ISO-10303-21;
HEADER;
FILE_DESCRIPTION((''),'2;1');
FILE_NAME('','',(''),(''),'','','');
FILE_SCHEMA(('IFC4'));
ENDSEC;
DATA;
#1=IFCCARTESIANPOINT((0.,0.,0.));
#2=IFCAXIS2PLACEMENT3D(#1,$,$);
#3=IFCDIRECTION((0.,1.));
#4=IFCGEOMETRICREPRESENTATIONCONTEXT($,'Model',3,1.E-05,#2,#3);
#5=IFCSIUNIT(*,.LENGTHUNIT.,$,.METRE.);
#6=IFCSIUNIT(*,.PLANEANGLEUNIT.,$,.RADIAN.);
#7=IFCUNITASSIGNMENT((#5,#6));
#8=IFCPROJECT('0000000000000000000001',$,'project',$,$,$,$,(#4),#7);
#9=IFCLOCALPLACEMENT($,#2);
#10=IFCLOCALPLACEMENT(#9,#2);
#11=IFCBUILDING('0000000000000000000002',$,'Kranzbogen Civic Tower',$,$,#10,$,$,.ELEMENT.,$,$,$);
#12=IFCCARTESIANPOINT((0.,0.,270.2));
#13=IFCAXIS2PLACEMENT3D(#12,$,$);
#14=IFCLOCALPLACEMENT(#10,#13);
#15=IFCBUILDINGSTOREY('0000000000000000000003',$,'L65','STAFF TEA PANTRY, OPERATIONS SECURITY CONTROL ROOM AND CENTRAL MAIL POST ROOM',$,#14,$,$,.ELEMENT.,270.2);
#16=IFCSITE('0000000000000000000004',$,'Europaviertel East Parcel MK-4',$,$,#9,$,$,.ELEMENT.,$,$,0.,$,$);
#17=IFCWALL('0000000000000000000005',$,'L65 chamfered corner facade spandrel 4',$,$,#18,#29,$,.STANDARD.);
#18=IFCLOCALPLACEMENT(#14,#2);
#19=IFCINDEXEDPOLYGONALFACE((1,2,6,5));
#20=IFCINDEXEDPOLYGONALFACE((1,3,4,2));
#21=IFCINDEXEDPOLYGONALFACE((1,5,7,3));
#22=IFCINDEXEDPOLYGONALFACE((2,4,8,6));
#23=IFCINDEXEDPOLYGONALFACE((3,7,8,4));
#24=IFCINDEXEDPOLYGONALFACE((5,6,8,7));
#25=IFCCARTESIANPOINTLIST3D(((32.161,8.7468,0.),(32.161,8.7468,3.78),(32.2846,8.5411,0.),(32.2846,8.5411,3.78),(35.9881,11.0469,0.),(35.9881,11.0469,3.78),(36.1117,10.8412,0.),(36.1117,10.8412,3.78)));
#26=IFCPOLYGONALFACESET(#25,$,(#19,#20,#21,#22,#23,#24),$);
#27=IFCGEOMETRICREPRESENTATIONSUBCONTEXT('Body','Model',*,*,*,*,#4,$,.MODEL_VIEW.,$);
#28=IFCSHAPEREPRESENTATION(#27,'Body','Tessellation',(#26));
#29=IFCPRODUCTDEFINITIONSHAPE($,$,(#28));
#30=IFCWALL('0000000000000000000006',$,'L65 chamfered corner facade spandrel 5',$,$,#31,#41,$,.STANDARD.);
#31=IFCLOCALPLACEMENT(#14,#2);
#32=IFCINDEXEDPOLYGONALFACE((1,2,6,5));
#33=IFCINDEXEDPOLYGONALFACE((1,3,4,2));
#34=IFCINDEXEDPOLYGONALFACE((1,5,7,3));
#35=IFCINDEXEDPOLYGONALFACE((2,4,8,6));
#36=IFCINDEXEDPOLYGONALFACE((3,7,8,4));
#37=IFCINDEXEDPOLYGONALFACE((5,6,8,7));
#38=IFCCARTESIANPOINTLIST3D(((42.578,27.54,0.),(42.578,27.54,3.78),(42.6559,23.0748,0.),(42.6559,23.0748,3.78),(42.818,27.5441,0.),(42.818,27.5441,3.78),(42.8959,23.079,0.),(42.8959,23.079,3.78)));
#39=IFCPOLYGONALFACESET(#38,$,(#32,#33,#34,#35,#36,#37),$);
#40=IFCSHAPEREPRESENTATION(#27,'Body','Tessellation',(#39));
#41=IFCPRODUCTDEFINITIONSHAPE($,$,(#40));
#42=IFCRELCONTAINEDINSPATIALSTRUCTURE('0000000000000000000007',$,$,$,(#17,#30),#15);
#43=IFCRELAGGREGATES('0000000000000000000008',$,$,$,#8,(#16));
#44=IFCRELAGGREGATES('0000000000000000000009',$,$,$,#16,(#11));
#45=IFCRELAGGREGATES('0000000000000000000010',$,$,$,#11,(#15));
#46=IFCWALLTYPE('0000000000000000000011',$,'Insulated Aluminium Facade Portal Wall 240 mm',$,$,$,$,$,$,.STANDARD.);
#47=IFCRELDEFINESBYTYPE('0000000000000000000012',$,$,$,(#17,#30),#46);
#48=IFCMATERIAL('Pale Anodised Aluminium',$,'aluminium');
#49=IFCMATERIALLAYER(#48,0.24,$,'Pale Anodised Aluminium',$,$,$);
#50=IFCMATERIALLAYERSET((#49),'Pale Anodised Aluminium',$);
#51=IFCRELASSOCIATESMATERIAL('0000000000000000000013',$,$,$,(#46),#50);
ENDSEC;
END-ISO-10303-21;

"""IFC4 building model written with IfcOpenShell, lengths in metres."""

from ifc_helpers import new_model, si_unit, direction, frame, frame_2d, origin, place, context, subcontext, project, spatial, rectangle, extrude, material, layer, layer_set, type_object, element, save


model = new_model("IFC4")

# Units and contexts
model_context = context("Model", 3, precision=1e-05, world=origin(), true_north=direction((0.0, 1.0)))
body_context = subcontext(model_context, "Body", "Model", "MODEL_VIEW")
ifc_project = project(units=[si_unit("LENGTHUNIT", "METRE"), si_unit("PLANEANGLEUNIT", "RADIAN")], contexts=[model_context])

# Site, building, storey
site_placement = place(None, origin())
site = spatial("IfcSite", under=ifc_project, at=site_placement, Name="Europaviertel East Parcel MK-4", CompositionType="ELEMENT", RefElevation=0.0)
building_placement = place(site_placement, origin())
building = spatial("IfcBuilding", under=site, at=building_placement, Name="Kranzbogen Civic Tower", CompositionType="ELEMENT")
storey_placement = place(building_placement, frame((0.0, 0.0, 270.2)))
storey = spatial("IfcBuildingStorey", under=building, at=storey_placement, Name="L65", Description="STAFF TEA PANTRY, OPERATIONS SECURITY CONTROL ROOM AND CENTRAL MAIL POST ROOM", CompositionType="ELEMENT", Elevation=270.2)

# Shared definitions
ifc_material_1 = material(Name="Pale Anodised Aluminium", Category="aluminium")

# Walls
ifc_layer_1 = layer(ifc_material_1, 0.24, Name="Pale Anodised Aluminium")
ifc_layer_set_1 = layer_set([ifc_layer_1], Name="Pale Anodised Aluminium")
wall_type_1 = type_object("IfcWallType", Name="Insulated Aluminium Facade Portal Wall 240 mm", PredefinedType="STANDARD", material=ifc_layer_set_1)
wall_1_placement = place(storey_placement, frame((32.2229, 8.644, 0.0), z_axis=(0.0, 0.0, 1.0), x_axis=(0.857121, 0.515115, 0.0)))
element("IfcWall", 1, at=wall_1_placement, inside=storey, type_object=wall_type_1, Name="L65 chamfered corner facade spandrel 4", PredefinedType="STANDARD", context=body_context, shape_type="SweptSolid", body=[
    extrude(rectangle(XDim=4.4651, YDim=0.24, at=frame_2d((2.2324, 0.0))), origin(), (0.0, 0.0, 1.0), 3.78),
])
wall_2_placement = place(storey_placement, frame((42.7759, 23.0769, 0.0), z_axis=(0.0, 0.0, 1.0), x_axis=(-0.01744, 0.999848, 0.0)))
element("IfcWall", 2, at=wall_2_placement, inside=storey, type_object=wall_type_1, Name="L65 chamfered corner facade spandrel 5", PredefinedType="STANDARD", context=body_context, shape_type="SweptSolid", body=[
    extrude(rectangle(XDim=4.4658, YDim=0.24, at=frame_2d((2.2329, 0.0))), origin(), (0.0, 0.0, 1.0), 3.78),
])

save(model, "model.ifc")
